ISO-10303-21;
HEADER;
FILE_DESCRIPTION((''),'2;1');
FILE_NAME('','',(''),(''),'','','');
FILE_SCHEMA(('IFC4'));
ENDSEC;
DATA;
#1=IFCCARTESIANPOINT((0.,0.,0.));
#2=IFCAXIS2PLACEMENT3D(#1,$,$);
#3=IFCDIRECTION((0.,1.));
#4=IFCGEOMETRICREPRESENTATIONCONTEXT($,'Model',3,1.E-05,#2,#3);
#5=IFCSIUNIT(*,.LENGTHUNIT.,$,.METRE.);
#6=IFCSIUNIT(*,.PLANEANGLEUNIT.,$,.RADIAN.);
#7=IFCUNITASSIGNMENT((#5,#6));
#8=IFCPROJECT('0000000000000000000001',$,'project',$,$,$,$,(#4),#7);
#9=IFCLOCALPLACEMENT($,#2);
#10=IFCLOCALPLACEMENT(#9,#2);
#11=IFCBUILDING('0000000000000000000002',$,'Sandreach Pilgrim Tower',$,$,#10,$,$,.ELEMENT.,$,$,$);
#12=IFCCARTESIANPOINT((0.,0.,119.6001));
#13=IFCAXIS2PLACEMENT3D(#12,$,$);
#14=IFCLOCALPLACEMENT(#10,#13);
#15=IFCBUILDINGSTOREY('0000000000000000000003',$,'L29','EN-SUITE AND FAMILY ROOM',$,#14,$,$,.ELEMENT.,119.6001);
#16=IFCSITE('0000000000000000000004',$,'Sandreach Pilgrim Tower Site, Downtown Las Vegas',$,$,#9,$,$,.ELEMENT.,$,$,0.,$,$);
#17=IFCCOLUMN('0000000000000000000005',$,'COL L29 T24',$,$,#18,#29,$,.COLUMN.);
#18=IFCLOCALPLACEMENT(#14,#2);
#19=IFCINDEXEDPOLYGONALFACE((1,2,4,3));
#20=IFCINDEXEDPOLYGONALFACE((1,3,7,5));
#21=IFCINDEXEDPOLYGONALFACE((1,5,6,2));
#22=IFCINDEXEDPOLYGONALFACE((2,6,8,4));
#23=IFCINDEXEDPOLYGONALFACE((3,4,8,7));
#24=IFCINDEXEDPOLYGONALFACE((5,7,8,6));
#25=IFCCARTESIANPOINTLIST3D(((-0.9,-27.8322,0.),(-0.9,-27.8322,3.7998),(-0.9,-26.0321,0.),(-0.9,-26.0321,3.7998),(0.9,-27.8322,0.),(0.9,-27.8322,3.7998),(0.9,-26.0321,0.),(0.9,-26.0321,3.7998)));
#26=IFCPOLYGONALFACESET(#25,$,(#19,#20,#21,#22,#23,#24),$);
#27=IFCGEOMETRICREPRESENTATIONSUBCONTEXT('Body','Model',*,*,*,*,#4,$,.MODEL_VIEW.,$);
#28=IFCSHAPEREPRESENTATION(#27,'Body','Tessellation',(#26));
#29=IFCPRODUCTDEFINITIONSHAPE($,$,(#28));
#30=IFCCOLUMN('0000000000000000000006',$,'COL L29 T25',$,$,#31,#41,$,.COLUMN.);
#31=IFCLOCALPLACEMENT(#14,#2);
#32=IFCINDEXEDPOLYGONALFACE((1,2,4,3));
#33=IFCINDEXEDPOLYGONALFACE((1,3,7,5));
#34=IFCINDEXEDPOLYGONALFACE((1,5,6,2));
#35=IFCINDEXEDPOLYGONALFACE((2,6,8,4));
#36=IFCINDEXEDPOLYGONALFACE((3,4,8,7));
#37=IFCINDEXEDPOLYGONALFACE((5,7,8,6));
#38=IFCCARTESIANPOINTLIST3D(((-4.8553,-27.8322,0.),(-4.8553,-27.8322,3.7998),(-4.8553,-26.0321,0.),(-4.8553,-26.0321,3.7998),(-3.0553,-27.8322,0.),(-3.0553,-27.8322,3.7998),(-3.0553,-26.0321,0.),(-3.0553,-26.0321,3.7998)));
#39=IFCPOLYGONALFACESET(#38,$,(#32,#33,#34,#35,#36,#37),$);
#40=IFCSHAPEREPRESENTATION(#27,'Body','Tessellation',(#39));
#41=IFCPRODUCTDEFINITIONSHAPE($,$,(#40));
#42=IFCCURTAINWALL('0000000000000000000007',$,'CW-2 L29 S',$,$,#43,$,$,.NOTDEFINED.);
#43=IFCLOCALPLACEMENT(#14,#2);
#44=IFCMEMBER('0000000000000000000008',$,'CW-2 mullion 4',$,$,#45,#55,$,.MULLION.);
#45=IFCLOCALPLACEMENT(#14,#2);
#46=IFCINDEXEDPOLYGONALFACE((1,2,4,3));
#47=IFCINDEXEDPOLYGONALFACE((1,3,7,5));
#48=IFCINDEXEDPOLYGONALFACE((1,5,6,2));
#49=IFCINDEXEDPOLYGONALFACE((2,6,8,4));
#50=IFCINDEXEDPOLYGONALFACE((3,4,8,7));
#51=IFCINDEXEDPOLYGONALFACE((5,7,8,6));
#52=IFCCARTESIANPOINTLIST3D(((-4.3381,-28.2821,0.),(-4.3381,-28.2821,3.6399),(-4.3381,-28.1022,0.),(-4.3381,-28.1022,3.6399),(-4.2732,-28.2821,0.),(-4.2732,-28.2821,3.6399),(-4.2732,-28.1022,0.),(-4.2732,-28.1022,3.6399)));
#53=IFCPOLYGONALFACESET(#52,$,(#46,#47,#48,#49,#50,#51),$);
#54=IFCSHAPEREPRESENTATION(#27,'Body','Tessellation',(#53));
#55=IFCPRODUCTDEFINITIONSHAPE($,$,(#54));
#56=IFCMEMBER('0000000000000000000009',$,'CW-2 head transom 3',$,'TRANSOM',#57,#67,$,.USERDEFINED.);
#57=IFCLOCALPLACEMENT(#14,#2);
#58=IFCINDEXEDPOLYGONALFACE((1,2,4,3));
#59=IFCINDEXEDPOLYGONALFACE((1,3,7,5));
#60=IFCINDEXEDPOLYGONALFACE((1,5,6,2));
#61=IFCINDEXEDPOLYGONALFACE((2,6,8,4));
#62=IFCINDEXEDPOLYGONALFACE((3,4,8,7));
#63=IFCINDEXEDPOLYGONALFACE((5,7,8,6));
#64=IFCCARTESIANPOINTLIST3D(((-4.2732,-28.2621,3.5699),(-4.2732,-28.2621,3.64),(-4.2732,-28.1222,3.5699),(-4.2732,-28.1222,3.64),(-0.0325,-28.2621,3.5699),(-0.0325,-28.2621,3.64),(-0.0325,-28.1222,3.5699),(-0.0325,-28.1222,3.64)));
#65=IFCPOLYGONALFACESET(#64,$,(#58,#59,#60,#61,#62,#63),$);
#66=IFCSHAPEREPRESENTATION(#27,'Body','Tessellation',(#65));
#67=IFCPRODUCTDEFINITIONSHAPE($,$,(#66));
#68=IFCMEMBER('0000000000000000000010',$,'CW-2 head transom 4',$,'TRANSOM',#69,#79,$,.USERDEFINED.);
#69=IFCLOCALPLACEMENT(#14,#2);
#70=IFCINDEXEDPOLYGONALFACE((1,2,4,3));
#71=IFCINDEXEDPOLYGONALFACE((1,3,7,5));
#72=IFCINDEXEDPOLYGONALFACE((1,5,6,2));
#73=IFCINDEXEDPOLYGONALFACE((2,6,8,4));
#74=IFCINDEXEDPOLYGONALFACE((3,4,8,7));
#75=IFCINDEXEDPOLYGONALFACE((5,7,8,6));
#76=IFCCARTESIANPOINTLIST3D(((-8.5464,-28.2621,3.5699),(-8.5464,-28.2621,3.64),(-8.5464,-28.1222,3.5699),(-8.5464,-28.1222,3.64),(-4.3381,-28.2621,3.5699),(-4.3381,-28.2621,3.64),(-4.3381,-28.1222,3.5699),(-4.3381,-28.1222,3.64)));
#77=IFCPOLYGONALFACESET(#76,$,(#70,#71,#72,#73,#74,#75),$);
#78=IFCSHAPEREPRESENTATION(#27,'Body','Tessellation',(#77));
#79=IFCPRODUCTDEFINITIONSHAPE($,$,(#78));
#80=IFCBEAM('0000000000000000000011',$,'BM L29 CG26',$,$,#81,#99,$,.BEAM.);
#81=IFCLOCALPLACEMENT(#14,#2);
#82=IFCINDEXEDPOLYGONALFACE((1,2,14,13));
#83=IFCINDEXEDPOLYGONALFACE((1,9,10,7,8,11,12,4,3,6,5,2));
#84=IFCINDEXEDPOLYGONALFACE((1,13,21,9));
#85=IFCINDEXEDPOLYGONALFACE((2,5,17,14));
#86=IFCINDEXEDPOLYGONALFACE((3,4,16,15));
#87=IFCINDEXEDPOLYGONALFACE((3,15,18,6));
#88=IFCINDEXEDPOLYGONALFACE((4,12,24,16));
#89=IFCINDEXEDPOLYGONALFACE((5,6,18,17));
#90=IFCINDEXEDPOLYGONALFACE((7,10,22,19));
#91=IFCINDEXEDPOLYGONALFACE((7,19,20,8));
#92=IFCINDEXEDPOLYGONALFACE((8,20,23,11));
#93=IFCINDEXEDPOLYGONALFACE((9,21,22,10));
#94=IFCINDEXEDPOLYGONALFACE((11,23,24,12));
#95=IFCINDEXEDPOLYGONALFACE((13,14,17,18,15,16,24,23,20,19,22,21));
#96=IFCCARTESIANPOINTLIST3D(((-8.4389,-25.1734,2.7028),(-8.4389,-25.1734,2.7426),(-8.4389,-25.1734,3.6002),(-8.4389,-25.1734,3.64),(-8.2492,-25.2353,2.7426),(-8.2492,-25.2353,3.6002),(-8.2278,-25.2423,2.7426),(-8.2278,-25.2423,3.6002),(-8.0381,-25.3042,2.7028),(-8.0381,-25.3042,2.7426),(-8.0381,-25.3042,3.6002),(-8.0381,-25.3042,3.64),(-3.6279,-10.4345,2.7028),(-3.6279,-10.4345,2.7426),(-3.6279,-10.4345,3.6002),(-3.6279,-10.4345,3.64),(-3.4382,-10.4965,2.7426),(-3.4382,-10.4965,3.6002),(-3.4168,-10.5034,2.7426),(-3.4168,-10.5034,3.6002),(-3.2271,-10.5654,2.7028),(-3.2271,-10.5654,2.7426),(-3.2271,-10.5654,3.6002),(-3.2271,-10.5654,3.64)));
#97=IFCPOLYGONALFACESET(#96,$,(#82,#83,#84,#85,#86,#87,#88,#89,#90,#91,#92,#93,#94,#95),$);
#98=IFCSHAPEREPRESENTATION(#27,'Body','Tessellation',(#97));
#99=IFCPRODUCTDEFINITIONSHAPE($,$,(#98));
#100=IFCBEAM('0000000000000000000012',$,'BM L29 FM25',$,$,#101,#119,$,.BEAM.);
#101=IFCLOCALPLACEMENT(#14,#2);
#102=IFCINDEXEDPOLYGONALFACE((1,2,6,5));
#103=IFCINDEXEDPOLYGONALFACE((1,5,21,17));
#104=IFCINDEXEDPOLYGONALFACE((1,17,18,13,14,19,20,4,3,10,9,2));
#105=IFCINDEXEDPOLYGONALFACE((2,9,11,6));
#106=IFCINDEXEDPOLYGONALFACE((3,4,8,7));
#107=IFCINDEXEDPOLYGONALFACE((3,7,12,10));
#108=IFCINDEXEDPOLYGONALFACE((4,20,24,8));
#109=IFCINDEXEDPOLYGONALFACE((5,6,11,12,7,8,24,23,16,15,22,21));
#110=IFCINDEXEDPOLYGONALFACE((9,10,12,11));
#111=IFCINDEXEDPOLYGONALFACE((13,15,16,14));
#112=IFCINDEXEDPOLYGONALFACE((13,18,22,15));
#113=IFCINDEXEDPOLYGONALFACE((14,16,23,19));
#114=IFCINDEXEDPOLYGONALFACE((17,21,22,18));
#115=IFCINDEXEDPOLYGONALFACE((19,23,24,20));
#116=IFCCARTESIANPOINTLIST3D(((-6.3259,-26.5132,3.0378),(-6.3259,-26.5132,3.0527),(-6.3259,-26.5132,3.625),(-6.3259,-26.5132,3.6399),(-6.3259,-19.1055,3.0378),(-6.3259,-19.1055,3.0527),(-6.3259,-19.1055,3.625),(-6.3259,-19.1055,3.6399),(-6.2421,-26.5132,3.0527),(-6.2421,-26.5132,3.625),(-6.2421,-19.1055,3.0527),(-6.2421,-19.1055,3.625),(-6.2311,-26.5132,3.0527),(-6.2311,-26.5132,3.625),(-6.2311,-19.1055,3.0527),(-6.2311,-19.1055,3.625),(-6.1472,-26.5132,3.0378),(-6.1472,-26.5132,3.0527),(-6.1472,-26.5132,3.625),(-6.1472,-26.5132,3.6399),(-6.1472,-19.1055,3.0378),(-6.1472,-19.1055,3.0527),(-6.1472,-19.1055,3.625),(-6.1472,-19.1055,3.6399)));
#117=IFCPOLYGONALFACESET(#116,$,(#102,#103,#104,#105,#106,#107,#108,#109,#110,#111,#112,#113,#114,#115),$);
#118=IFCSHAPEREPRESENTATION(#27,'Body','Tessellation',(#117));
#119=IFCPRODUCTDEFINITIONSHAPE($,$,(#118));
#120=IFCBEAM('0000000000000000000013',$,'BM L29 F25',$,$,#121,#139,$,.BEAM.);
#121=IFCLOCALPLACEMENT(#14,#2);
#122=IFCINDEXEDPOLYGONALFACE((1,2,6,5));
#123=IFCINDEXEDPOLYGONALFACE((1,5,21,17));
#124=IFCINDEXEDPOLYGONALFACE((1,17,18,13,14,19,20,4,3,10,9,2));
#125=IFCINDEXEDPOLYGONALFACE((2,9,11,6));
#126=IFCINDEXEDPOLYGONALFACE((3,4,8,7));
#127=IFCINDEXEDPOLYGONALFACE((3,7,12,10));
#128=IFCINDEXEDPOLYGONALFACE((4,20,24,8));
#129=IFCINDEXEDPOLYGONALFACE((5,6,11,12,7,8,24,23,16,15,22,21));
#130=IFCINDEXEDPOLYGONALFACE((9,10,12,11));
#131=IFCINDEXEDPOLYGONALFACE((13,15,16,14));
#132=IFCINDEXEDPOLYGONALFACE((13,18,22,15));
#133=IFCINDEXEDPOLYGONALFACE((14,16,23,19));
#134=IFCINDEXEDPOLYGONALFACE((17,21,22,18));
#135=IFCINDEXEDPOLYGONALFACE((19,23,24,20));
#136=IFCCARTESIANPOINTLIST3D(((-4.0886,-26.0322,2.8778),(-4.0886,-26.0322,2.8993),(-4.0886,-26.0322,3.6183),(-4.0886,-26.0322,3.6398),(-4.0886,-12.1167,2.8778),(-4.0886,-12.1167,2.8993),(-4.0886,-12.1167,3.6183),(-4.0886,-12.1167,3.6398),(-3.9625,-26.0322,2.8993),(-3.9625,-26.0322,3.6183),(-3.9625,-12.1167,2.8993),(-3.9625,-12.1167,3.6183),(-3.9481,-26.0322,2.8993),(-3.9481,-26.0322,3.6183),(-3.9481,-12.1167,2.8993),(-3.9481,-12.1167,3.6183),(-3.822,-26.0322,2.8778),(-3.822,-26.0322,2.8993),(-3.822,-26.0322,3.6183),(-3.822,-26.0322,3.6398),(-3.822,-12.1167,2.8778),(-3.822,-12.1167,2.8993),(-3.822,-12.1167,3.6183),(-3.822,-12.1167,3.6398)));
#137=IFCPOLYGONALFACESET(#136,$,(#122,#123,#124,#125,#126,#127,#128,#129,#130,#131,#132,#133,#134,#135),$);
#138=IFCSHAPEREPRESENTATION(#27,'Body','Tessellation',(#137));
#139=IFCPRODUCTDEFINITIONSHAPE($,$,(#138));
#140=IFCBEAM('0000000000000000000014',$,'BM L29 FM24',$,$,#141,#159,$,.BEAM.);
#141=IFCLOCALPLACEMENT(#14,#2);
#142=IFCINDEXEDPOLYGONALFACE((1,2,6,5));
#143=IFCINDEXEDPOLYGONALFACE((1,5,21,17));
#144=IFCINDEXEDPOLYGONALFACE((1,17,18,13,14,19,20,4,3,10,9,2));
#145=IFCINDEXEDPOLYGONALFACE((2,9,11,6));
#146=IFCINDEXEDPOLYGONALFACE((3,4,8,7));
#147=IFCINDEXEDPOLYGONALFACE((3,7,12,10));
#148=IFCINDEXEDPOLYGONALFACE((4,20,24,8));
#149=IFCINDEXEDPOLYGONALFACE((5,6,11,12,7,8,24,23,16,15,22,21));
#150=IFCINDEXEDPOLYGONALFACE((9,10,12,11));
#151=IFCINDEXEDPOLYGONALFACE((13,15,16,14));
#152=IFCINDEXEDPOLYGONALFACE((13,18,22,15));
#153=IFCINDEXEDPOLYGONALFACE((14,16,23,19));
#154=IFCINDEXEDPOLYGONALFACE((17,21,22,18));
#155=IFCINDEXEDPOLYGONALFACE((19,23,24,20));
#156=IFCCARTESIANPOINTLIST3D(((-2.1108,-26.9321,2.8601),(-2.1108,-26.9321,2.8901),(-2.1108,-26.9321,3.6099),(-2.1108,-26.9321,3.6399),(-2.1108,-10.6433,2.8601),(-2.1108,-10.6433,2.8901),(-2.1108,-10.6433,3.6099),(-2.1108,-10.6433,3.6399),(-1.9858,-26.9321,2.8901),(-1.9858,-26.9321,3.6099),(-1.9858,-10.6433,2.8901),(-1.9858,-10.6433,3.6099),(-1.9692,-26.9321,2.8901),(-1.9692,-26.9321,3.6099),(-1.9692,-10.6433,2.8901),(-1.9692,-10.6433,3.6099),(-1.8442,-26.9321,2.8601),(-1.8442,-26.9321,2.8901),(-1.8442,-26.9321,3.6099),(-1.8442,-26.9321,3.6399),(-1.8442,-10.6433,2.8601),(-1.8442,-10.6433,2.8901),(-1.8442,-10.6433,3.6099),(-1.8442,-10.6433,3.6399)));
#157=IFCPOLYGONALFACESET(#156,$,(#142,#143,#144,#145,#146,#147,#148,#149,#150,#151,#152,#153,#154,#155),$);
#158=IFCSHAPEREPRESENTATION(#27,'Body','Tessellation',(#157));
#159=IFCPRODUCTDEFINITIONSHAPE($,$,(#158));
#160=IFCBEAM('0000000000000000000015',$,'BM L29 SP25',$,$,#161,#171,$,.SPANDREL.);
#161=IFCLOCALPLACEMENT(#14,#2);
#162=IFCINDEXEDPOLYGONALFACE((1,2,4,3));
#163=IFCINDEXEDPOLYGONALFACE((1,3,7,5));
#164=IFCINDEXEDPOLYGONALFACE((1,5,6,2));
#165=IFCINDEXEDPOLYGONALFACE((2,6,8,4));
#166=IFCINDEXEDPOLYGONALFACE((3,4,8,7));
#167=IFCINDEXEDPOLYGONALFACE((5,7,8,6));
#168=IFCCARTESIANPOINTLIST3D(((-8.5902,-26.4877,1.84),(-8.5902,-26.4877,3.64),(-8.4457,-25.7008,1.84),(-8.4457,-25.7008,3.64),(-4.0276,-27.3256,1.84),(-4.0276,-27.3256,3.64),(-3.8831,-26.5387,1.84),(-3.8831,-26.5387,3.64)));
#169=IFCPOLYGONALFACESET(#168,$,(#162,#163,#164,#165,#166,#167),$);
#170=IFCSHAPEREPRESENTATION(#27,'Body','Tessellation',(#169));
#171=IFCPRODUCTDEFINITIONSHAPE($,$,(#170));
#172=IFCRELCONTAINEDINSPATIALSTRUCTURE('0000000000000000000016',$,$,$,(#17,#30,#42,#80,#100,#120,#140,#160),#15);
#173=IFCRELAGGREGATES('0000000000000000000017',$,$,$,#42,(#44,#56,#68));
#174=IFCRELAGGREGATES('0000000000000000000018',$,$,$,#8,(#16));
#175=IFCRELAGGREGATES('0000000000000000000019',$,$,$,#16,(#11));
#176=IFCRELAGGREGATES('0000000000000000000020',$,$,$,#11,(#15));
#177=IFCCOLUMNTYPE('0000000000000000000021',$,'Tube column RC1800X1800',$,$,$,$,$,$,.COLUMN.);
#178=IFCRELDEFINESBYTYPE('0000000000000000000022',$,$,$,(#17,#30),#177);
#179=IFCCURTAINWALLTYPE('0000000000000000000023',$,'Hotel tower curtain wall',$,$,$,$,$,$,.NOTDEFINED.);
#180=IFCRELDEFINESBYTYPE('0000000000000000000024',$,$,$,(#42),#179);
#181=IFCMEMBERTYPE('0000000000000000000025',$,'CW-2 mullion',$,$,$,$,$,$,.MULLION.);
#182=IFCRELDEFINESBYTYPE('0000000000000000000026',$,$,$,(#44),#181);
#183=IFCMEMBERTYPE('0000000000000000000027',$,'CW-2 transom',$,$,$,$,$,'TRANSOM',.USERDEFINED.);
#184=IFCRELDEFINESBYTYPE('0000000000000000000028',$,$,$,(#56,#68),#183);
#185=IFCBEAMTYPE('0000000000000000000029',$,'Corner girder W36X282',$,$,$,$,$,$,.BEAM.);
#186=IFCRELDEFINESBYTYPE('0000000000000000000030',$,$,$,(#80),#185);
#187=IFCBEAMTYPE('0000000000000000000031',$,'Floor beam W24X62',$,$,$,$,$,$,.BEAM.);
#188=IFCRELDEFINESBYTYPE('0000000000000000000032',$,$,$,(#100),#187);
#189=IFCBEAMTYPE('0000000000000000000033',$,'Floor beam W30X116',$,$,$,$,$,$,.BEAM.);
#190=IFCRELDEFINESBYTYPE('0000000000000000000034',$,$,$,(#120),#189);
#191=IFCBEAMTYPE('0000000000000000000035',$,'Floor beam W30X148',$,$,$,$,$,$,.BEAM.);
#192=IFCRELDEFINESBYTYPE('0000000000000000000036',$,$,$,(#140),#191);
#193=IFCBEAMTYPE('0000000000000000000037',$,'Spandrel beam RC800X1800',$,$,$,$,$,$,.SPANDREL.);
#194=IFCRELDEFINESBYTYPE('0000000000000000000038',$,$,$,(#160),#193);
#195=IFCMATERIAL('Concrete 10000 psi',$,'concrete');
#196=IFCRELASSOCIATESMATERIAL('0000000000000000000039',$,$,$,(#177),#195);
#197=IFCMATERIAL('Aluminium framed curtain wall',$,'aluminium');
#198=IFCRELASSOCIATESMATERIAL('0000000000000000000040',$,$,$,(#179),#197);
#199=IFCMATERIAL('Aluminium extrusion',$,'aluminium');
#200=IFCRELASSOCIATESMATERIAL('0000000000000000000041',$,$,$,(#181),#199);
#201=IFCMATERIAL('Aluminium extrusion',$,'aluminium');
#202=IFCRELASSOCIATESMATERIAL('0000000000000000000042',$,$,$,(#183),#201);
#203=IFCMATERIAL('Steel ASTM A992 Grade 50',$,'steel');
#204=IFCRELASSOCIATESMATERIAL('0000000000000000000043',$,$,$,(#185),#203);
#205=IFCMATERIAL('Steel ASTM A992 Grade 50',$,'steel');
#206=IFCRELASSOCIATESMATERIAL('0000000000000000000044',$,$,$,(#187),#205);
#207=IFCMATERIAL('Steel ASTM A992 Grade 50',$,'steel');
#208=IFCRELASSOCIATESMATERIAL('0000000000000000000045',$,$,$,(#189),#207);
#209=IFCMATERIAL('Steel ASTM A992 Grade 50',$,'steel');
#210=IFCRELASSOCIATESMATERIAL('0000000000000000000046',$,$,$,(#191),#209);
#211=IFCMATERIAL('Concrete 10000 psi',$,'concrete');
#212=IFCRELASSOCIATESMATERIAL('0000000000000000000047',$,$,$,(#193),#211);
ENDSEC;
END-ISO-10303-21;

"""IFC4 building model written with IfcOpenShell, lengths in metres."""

from ifc_helpers import new_model, si_unit, direction, frame, origin, origin_2d, place, context, subcontext, project, spatial, rectangle, i_section, extrude, material, material_profile, profile_set, type_object, element, aggregate, save


model = new_model("IFC4")

# Units and contexts
model_context = context("Model", 3, precision=1e-05, world=origin(), true_north=direction((0.0, 1.0)))
body_context = subcontext(model_context, "Body", "Model", "MODEL_VIEW")
ifc_project = project(units=[si_unit("LENGTHUNIT", "METRE"), si_unit("PLANEANGLEUNIT", "RADIAN")], contexts=[model_context])

# Site, building, storey
site_placement = place(None, origin())
site = spatial("IfcSite", under=ifc_project, at=site_placement, Name="Sandreach Pilgrim Tower Site, Downtown Las Vegas", CompositionType="ELEMENT", RefElevation=0.0)
building_placement = place(site_placement, origin())
building = spatial("IfcBuilding", under=site, at=building_placement, Name="Sandreach Pilgrim Tower", CompositionType="ELEMENT")
storey_placement = place(building_placement, frame((0.0, 0.0, 119.6001)))
storey = spatial("IfcBuildingStorey", under=building, at=storey_placement, Name="L29", Description="EN-SUITE AND FAMILY ROOM", CompositionType="ELEMENT", Elevation=119.6001)

# Columns
ifc_material_1 = material(Name="Concrete 10000 psi", Category="concrete")
ifc_material_profile_1 = material_profile(ifc_material_1, rectangle(XDim=1.8, YDim=1.8, at=origin_2d()), Name="RC1800X1800")
ifc_profile_set_1 = profile_set([ifc_material_profile_1], Name="Concrete 10000 psi")
column_type = type_object("IfcColumnType", Name="Tube column RC1800X1800", PredefinedType="COLUMN", material=ifc_profile_set_1)
for number, where, z_axis, x_axis, name in (
    (1, (0.0, -26.9321, 0.0), (0.0, 0.0, 1.0), (0.0, -1.0, 0.0), "COL L29 T24"),
    (2, (-3.9553, -26.9321, 0.0), (0.0, 0.0, 1.0), (0.0, -1.0, 0.0), "COL L29 T25"),
):
    element("IfcColumn", number, at=place(storey_placement, frame(where, z_axis=z_axis, x_axis=x_axis)), inside=storey, type_object=column_type, Name=name, PredefinedType="COLUMN", context=body_context, shape_type="SweptSolid", body=[
        extrude(rectangle(XDim=1.8, YDim=1.8, at=origin_2d()), origin(), (0.0, 0.0, 1.0), 3.7998),
    ])

# Curtain wall, members
ifc_material_2 = material(Name="Aluminium framed curtain wall", Category="aluminium")
curtain_wall_type = type_object("IfcCurtainWallType", Name="Hotel tower curtain wall", PredefinedType="NOTDEFINED", material=ifc_material_2)
curtain_wall_placement = place(storey_placement, origin())
curtain_wall = element("IfcCurtainWall", 3, at=curtain_wall_placement, inside=storey, type_object=curtain_wall_type, Name="CW-2 L29 S", PredefinedType="NOTDEFINED")
ifc_material_3 = material(Name="Aluminium extrusion", Category="aluminium")
ifc_material_profile_2 = material_profile(ifc_material_3, rectangle(XDim=0.0649, YDim=0.1799, at=origin_2d()), Name="CW-2M 65X180")
ifc_profile_set_2 = profile_set([ifc_material_profile_2], Name="Aluminium extrusion")
member_type_1 = type_object("IfcMemberType", Name="CW-2 mullion", PredefinedType="MULLION", material=ifc_profile_set_2)
member_1_placement = place(storey_placement, frame((-4.3057, -28.1921, 0.0), z_axis=(0.0, 0.0, 1.0), x_axis=(-1.0, 0.0, 0.0)))
member_1 = element("IfcMember", 4, at=member_1_placement, type_object=member_type_1, Name="CW-2 mullion 4", PredefinedType="MULLION", context=body_context, shape_type="SweptSolid", body=[
    extrude(rectangle(XDim=0.0649, YDim=0.1799, at=origin_2d()), origin(), (0.0, 0.0, 1.0), 3.6399),
])
ifc_material_4 = material(Name="Aluminium extrusion", Category="aluminium")
ifc_material_profile_3 = material_profile(ifc_material_4, rectangle(XDim=0.1399, YDim=0.0701, at=origin_2d()), Name="CW-2T 140X70")
ifc_profile_set_3 = profile_set([ifc_material_profile_3], Name="Aluminium extrusion")
member_type_2 = type_object("IfcMemberType", Name="CW-2 transom", ElementType="TRANSOM", PredefinedType="USERDEFINED", material=ifc_profile_set_3)
member_2_placement = place(storey_placement, frame((-0.0325, -28.1921, 3.605), z_axis=(-1.0, 0.0, 0.0), x_axis=(0.0, -1.0, 0.0)))
member_2 = element("IfcMember", 5, at=member_2_placement, type_object=member_type_2, Name="CW-2 head transom 3", ObjectType="TRANSOM", PredefinedType="USERDEFINED", context=body_context, shape_type="SweptSolid", body=[
    extrude(rectangle(XDim=0.1399, YDim=0.0701, at=origin_2d()), origin(), (0.0, 0.0, 1.0), 4.2407),
])
member_3_placement = place(storey_placement, frame((-4.3381, -28.1921, 3.605), z_axis=(-1.0, 0.0, 0.0), x_axis=(0.0, -1.0, 0.0)))
member_3 = element("IfcMember", 6, at=member_3_placement, type_object=member_type_2, Name="CW-2 head transom 4", ObjectType="TRANSOM", PredefinedType="USERDEFINED", context=body_context, shape_type="SweptSolid", body=[
    extrude(rectangle(XDim=0.1399, YDim=0.0701, at=origin_2d()), origin(), (0.0, 0.0, 1.0), 4.2083),
])

# Beams
ifc_material_5 = material(Name="Steel ASTM A992 Grade 50", Category="steel")
ifc_material_profile_4 = material_profile(ifc_material_5, i_section(OverallWidth=0.4216, OverallDepth=0.9373, WebThickness=0.0225, FlangeThickness=0.0398, at=origin_2d()), Name="W36X282")
ifc_profile_set_4 = profile_set([ifc_material_profile_4], Name="Steel ASTM A992 Grade 50")
beam_type_1 = type_object("IfcBeamType", Name="Corner girder W36X282", PredefinedType="BEAM", material=ifc_profile_set_4)
beam_1_placement = place(storey_placement, frame((-8.2385, -25.2388, 3.1714), z_axis=(0.310307, 0.950636, 0.0), x_axis=(-0.950636, 0.310307, 0.0)))
element("IfcBeam", 7, at=beam_1_placement, inside=storey, type_object=beam_type_1, Name="BM L29 CG26", PredefinedType="BEAM", context=body_context, shape_type="SweptSolid", body=[
    extrude(i_section(OverallWidth=0.4216, OverallDepth=0.9373, WebThickness=0.0225, FlangeThickness=0.0398, at=origin_2d()), origin(), (0.0, 0.0, 1.0), 15.5042),
])
ifc_material_6 = material(Name="Steel ASTM A992 Grade 50", Category="steel")
ifc_material_profile_5 = material_profile(ifc_material_6, i_section(OverallWidth=0.1787, OverallDepth=0.6021, WebThickness=0.011, FlangeThickness=0.0149, at=origin_2d()), Name="W24X62")
ifc_profile_set_5 = profile_set([ifc_material_profile_5], Name="Steel ASTM A992 Grade 50")
beam_type_2 = type_object("IfcBeamType", Name="Floor beam W24X62", PredefinedType="BEAM", material=ifc_profile_set_5)
beam_2_placement = place(storey_placement, frame((-6.2366, -26.5132, 3.3389), z_axis=(0.0, 1.0, 0.0), x_axis=(-1.0, 0.0, 0.0)))
element("IfcBeam", 8, at=beam_2_placement, inside=storey, type_object=beam_type_2, Name="BM L29 FM25", PredefinedType="BEAM", context=body_context, shape_type="SweptSolid", body=[
    extrude(i_section(OverallWidth=0.1787, OverallDepth=0.6021, WebThickness=0.011, FlangeThickness=0.0149, at=origin_2d()), origin(), (0.0, 0.0, 1.0), 7.4077),
])
ifc_material_7 = material(Name="Steel ASTM A992 Grade 50", Category="steel")
ifc_material_profile_6 = material_profile(ifc_material_7, i_section(OverallWidth=0.2666, OverallDepth=0.762, WebThickness=0.0144, FlangeThickness=0.0215, at=origin_2d()), Name="W30X116")
ifc_profile_set_6 = profile_set([ifc_material_profile_6], Name="Steel ASTM A992 Grade 50")
beam_type_3 = type_object("IfcBeamType", Name="Floor beam W30X116", PredefinedType="BEAM", material=ifc_profile_set_6)
beam_3_placement = place(storey_placement, frame((-3.9553, -26.0322, 3.2588), z_axis=(0.0, 1.0, 0.0), x_axis=(-1.0, 0.0, 0.0)))
element("IfcBeam", 9, at=beam_3_placement, inside=storey, type_object=beam_type_3, Name="BM L29 F25", PredefinedType="BEAM", context=body_context, shape_type="SweptSolid", body=[
    extrude(i_section(OverallWidth=0.2666, OverallDepth=0.762, WebThickness=0.0144, FlangeThickness=0.0215, at=origin_2d()), origin(), (0.0, 0.0, 1.0), 13.9155),
])
ifc_material_8 = material(Name="Steel ASTM A992 Grade 50", Category="steel")
ifc_material_profile_7 = material_profile(ifc_material_8, i_section(OverallWidth=0.2666, OverallDepth=0.7798, WebThickness=0.0166, FlangeThickness=0.03, at=origin_2d()), Name="W30X148")
ifc_profile_set_7 = profile_set([ifc_material_profile_7], Name="Steel ASTM A992 Grade 50")
beam_type_4 = type_object("IfcBeamType", Name="Floor beam W30X148", PredefinedType="BEAM", material=ifc_profile_set_7)
beam_4_placement = place(storey_placement, frame((-1.9775, -26.9321, 3.25), z_axis=(0.0, 1.0, 0.0), x_axis=(-1.0, 0.0, 0.0)))
element("IfcBeam", 10, at=beam_4_placement, inside=storey, type_object=beam_type_4, Name="BM L29 FM24", PredefinedType="BEAM", context=body_context, shape_type="SweptSolid", body=[
    extrude(i_section(OverallWidth=0.2666, OverallDepth=0.7798, WebThickness=0.0166, FlangeThickness=0.03, at=origin_2d()), origin(), (0.0, 0.0, 1.0), 16.2888),
])
ifc_material_9 = material(Name="Concrete 10000 psi", Category="concrete")
ifc_material_profile_8 = material_profile(ifc_material_9, rectangle(XDim=0.8, YDim=1.8, at=origin_2d()), Name="RC800X1800")
ifc_profile_set_8 = profile_set([ifc_material_profile_8], Name="Concrete 10000 psi")
beam_type_5 = type_object("IfcBeamType", Name="Spandrel beam RC800X1800", PredefinedType="SPANDREL", material=ifc_profile_set_8)
beam_5_placement = place(storey_placement, frame((-3.9553, -26.9321, 2.74), z_axis=(-0.983552, 0.180627, 0.0), x_axis=(-0.180627, -0.983552, 0.0)))
element("IfcBeam", 11, at=beam_5_placement, inside=storey, type_object=beam_type_5, Name="BM L29 SP25", PredefinedType="SPANDREL", context=body_context, shape_type="SweptSolid", body=[
    extrude(rectangle(XDim=0.8, YDim=1.8, at=origin_2d()), origin(), (0.0, 0.0, 1.0), 4.6389),
])

aggregate(curtain_wall, [member_1, member_2, member_3])

save(model, "model.ifc")
